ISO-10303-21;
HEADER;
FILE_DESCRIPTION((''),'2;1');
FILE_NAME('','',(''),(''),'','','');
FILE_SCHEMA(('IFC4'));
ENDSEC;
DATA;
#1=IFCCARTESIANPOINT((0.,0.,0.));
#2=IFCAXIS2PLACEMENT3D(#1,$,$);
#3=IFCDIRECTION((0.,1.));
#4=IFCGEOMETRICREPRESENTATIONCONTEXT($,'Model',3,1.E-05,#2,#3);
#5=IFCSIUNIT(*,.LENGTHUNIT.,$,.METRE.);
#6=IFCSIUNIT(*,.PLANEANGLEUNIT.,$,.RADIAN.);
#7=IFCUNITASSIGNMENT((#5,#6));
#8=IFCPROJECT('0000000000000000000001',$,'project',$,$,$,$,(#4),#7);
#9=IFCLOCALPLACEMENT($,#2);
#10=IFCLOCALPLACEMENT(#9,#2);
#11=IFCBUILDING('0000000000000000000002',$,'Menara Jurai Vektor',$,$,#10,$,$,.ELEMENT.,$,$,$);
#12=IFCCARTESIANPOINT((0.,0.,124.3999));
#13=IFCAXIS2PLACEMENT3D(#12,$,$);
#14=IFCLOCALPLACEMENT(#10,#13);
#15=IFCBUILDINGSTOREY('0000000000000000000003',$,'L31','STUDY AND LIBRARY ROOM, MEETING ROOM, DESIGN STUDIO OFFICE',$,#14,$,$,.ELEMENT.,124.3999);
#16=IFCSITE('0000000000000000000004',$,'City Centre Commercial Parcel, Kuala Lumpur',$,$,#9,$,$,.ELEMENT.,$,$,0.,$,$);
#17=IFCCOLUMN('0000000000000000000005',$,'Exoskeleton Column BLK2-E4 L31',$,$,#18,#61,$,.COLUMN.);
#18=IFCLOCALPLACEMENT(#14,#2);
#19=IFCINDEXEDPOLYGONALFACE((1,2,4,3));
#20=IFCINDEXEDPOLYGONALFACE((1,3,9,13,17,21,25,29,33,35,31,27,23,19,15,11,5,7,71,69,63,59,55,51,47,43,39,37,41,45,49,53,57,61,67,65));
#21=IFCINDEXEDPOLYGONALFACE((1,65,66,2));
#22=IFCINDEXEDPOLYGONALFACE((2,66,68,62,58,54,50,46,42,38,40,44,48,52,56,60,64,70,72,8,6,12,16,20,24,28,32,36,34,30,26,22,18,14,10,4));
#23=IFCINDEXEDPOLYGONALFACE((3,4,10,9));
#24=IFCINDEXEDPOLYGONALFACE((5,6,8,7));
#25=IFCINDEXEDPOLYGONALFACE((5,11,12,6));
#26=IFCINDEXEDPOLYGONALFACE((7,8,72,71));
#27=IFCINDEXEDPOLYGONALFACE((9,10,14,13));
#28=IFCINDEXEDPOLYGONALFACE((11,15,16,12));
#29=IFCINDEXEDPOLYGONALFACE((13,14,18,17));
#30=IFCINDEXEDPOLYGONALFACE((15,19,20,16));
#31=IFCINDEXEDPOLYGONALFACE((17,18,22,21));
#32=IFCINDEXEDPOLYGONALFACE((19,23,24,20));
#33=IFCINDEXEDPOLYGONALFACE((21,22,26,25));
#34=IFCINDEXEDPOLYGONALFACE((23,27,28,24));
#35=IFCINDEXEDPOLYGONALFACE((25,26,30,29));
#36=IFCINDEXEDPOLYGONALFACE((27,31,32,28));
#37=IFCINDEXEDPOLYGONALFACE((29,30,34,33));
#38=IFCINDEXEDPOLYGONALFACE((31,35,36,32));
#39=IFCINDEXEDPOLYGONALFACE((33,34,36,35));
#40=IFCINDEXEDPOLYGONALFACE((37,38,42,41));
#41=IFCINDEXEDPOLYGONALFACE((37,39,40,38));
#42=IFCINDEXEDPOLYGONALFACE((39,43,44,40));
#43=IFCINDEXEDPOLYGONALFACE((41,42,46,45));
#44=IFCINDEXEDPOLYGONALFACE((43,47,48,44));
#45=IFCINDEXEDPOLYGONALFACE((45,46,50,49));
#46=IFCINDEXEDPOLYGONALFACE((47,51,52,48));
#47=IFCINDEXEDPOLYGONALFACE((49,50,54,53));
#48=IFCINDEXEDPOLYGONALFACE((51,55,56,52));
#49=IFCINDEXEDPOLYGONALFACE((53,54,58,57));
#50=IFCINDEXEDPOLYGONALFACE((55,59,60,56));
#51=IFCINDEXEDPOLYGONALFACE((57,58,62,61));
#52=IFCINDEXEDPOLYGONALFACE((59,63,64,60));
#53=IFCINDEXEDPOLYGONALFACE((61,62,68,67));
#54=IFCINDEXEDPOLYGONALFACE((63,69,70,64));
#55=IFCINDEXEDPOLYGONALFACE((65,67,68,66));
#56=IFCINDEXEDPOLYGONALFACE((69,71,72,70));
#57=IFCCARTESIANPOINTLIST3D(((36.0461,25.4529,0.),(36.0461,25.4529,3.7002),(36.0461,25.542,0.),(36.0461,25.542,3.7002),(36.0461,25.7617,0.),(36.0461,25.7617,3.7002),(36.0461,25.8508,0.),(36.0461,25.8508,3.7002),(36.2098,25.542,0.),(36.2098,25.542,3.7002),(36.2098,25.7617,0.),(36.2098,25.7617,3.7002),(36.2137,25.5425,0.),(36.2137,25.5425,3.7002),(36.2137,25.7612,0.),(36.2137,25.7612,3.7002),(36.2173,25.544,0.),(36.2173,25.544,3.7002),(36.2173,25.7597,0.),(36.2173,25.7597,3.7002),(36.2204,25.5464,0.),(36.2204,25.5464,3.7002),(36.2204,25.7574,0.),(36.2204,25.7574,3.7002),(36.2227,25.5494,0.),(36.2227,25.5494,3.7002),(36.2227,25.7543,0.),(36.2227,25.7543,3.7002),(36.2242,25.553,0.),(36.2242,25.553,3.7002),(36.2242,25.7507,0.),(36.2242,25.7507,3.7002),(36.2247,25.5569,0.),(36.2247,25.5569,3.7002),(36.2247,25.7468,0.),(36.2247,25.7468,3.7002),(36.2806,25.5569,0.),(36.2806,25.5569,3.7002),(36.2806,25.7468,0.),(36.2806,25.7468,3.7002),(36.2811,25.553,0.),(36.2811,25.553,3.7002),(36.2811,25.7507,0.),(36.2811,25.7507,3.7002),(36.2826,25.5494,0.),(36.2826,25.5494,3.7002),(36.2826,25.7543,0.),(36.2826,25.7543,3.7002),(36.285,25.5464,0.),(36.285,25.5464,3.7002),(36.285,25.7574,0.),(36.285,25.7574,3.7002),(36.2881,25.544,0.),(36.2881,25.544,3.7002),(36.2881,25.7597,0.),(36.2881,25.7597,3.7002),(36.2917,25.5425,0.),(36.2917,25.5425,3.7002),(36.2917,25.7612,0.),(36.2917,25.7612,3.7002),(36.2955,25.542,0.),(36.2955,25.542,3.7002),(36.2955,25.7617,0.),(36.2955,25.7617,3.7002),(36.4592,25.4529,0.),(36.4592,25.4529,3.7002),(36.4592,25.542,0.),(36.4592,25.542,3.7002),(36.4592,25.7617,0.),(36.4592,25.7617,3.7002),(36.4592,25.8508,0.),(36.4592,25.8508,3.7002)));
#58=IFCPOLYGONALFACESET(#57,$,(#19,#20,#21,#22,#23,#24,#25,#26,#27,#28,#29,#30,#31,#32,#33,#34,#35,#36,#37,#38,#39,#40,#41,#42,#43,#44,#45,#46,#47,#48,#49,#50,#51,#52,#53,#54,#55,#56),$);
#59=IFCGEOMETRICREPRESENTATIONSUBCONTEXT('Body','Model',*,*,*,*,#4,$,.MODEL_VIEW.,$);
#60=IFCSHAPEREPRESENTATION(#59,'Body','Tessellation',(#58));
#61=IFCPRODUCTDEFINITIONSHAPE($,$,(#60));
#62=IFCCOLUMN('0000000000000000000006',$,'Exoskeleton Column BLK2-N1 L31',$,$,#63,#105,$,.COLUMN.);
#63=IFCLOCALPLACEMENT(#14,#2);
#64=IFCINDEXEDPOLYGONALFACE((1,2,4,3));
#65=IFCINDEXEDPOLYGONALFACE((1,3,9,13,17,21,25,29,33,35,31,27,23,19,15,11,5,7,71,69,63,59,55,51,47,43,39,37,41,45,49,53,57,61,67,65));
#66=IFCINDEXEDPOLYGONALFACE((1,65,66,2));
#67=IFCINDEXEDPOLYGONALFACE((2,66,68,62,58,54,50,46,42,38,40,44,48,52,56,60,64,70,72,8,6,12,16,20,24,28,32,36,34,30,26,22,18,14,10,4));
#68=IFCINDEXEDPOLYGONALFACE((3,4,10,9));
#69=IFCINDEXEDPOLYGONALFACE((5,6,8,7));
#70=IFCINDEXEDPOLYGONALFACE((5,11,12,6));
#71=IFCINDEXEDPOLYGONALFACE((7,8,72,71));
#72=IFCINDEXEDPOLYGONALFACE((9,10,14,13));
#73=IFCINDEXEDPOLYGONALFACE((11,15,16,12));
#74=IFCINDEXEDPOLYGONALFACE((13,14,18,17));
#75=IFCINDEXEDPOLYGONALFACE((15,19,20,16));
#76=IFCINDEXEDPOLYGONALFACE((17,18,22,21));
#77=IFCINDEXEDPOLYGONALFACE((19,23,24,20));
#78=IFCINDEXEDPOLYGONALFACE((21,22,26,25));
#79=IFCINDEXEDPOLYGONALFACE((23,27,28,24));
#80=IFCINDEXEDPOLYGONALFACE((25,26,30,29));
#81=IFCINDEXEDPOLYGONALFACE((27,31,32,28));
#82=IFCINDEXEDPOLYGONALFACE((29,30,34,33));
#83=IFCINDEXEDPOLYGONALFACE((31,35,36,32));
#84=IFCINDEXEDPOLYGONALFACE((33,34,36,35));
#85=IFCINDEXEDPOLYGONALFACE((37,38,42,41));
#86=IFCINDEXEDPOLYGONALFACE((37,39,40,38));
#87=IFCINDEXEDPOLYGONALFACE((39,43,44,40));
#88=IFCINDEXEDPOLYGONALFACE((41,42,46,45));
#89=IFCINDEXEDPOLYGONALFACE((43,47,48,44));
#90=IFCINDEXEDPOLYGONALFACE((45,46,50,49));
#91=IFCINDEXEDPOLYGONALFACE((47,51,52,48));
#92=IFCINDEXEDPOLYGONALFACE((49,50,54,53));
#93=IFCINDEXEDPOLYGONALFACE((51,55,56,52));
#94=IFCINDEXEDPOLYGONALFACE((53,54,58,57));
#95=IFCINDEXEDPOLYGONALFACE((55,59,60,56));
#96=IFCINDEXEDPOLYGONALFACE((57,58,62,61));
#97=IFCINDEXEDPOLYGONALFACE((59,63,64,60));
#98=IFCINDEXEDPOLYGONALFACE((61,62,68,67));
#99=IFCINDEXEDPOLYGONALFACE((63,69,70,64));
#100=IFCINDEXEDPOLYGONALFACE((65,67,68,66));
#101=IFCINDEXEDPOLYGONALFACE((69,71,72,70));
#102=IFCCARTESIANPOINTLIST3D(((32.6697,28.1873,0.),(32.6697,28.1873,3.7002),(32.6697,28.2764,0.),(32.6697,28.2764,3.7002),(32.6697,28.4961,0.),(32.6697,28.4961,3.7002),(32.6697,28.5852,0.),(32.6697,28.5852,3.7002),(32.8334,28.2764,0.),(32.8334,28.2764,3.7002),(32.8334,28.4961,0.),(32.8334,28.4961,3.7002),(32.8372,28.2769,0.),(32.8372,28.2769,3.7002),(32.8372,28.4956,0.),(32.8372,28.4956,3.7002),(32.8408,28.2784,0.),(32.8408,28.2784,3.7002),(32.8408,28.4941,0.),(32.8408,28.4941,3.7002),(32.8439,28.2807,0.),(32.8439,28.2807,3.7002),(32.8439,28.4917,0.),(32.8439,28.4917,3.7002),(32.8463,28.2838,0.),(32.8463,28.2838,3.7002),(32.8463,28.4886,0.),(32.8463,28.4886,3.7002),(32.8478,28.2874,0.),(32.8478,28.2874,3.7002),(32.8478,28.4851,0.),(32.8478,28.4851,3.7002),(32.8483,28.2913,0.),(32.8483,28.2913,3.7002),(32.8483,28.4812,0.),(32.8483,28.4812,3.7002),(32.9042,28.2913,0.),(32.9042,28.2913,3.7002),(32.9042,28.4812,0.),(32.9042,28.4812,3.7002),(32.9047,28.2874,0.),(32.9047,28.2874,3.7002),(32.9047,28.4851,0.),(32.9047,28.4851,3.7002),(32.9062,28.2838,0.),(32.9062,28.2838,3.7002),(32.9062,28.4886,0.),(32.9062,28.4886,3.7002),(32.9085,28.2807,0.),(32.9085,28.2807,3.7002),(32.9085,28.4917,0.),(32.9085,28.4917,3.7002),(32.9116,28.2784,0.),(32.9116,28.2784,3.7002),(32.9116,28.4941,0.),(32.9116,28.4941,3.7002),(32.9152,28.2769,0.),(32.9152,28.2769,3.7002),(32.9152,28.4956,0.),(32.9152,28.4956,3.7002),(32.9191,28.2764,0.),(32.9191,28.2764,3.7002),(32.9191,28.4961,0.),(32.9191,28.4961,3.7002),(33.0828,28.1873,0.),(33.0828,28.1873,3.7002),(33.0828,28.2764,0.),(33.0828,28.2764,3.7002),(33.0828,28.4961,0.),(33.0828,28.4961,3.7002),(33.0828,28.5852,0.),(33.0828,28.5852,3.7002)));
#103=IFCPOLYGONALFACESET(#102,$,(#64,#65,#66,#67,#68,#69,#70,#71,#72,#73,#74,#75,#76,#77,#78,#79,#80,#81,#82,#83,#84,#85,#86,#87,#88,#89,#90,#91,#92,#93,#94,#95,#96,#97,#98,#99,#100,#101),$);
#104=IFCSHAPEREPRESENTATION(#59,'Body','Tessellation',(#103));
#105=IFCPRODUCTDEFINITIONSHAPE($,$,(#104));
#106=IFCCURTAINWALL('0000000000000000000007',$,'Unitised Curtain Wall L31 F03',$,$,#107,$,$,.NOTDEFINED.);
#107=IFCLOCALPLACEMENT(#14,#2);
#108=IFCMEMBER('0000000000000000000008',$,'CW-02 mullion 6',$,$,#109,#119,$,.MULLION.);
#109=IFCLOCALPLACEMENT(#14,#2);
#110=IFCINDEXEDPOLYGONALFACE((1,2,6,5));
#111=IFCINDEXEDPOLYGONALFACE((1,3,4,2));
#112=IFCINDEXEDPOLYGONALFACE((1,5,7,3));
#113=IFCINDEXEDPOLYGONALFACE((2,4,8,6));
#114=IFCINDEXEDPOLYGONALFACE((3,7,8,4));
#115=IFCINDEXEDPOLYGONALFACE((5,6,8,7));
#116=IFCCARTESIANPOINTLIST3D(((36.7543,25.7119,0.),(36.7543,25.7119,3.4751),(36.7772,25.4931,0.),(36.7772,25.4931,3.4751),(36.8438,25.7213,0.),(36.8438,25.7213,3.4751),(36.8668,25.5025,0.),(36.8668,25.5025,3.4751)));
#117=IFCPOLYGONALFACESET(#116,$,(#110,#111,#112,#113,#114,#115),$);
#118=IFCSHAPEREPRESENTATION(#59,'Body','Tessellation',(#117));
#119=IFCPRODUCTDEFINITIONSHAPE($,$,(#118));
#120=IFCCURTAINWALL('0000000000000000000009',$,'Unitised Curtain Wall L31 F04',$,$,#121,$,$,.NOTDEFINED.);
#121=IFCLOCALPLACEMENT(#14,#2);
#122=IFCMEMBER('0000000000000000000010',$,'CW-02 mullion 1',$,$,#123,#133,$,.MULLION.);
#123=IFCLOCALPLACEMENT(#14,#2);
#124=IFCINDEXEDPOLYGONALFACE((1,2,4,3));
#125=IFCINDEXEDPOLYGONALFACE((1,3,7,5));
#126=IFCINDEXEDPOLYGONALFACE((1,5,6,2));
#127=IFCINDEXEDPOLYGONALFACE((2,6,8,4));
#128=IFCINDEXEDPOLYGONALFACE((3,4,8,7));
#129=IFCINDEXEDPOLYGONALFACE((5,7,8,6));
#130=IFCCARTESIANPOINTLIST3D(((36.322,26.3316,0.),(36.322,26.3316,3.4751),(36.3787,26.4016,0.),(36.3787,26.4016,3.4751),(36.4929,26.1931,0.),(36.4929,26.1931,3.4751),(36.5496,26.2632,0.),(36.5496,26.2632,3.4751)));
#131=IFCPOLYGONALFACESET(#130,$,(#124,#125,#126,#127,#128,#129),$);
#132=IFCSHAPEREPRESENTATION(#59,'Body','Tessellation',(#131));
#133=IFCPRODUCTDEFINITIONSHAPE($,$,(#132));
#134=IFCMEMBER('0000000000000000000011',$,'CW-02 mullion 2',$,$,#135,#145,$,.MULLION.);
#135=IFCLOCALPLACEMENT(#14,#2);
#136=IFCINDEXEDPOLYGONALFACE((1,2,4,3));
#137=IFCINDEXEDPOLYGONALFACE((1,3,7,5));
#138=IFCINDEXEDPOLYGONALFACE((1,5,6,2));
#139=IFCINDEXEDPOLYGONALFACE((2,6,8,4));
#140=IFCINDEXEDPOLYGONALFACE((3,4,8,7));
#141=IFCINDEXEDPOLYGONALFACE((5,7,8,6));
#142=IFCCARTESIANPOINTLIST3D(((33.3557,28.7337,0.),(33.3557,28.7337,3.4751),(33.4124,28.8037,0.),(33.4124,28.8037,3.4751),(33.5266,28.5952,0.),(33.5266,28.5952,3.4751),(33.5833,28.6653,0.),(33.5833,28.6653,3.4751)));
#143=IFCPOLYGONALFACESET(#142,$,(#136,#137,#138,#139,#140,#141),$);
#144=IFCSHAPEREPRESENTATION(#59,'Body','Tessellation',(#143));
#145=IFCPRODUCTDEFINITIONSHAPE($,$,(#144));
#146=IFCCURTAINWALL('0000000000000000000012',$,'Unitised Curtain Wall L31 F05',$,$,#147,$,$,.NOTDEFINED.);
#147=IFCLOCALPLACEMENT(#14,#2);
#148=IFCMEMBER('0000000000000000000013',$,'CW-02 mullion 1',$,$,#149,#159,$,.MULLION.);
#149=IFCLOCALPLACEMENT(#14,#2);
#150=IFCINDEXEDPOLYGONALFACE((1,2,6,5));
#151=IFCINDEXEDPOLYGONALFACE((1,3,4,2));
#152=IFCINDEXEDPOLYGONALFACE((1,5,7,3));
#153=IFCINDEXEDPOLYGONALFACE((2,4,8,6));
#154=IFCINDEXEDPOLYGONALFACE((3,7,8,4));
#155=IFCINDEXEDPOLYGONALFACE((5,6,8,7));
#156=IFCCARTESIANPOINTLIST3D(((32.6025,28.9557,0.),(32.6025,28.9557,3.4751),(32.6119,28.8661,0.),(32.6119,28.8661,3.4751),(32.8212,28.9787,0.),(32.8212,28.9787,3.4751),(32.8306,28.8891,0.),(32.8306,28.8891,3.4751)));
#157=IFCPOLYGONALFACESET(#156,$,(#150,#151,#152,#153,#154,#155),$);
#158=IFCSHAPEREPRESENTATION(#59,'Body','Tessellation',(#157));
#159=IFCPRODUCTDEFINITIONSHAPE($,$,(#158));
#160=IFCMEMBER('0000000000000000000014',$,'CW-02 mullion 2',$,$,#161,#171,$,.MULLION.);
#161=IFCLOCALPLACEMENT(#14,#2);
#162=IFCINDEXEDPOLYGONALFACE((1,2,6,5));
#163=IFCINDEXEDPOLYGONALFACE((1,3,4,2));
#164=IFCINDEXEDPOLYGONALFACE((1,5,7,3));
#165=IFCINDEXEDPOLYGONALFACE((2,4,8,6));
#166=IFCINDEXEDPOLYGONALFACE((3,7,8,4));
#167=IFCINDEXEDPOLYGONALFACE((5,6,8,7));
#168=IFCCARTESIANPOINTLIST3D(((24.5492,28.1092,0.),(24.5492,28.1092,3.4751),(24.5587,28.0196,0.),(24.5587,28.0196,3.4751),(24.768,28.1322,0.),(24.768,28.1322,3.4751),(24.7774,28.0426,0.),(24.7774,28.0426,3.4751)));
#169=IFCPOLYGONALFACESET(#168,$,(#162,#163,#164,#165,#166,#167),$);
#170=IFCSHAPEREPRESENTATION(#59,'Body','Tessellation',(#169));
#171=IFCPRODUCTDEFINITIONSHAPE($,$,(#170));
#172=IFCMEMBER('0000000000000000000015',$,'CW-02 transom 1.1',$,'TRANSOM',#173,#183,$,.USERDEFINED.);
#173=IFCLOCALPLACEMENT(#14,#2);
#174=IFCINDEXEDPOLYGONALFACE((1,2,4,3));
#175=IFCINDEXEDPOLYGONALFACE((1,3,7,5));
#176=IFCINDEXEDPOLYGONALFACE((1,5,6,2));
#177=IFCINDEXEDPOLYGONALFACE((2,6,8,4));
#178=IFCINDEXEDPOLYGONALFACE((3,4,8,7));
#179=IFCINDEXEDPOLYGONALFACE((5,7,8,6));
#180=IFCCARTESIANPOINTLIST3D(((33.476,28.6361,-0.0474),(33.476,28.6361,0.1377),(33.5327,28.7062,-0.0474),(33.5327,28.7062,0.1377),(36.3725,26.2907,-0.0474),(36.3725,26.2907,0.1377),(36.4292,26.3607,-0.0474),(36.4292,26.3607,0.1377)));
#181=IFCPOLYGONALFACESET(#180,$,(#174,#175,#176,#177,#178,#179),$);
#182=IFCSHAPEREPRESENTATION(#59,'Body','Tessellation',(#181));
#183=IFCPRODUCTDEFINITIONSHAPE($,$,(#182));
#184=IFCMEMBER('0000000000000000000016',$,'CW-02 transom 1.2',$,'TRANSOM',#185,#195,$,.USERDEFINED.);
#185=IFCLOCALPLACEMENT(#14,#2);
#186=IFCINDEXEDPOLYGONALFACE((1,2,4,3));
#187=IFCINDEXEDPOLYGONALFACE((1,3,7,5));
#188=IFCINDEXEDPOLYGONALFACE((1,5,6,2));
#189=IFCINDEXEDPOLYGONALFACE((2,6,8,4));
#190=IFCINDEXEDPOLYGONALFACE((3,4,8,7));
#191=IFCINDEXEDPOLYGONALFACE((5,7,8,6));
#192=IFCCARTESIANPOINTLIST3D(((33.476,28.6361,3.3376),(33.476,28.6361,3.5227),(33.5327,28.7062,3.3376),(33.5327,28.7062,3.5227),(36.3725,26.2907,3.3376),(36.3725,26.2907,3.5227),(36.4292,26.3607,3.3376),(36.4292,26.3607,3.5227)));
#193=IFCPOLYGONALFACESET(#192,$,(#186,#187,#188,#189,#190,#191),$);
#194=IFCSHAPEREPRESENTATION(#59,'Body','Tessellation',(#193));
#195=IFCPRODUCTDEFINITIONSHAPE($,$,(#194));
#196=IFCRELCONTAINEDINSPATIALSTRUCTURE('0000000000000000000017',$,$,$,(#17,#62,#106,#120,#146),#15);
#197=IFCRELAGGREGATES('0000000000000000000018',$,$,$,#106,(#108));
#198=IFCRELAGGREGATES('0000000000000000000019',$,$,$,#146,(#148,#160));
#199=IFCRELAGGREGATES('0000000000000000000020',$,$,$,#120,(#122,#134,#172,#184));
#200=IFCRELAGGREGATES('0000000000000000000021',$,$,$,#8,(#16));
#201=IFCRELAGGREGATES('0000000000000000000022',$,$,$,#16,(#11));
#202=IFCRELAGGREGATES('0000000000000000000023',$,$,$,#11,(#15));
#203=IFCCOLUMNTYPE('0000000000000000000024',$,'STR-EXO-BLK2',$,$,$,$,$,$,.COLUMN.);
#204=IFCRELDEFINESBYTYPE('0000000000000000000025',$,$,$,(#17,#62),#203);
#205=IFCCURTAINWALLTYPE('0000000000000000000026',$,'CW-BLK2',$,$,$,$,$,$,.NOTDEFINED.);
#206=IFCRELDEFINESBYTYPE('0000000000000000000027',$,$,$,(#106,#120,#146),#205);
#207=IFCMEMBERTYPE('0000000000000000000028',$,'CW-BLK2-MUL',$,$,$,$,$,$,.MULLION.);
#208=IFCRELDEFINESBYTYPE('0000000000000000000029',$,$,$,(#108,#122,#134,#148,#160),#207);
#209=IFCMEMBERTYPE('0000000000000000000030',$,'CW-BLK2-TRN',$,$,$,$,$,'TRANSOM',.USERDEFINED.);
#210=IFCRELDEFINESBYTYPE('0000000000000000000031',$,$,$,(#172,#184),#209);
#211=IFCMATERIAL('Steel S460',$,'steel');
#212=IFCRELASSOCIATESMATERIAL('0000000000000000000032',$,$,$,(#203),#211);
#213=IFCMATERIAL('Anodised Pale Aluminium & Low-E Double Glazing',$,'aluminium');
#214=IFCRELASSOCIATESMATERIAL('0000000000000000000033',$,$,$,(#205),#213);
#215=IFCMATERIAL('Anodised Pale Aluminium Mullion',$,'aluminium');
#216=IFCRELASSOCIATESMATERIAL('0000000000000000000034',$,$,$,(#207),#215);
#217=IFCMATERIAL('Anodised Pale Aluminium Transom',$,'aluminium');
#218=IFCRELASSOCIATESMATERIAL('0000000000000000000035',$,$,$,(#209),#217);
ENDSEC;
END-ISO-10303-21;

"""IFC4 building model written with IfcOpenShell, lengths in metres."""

from ifc_helpers import new_model, si_unit, direction, frame, origin, origin_2d, place, context, subcontext, project, spatial, rectangle, i_section, extrude, material, material_profile, profile_set, type_object, element, aggregate, save


model = new_model("IFC4")

# Units and contexts
model_context = context("Model", 3, precision=1e-05, world=origin(), true_north=direction((0.0, 1.0)))
body_context = subcontext(model_context, "Body", "Model", "MODEL_VIEW")
ifc_project = project(units=[si_unit("LENGTHUNIT", "METRE"), si_unit("PLANEANGLEUNIT", "RADIAN")], contexts=[model_context])

# Site, building, storey
site_placement = place(None, origin())
site = spatial("IfcSite", under=ifc_project, at=site_placement, Name="City Centre Commercial Parcel, Kuala Lumpur", CompositionType="ELEMENT", RefElevation=0.0)
building_placement = place(site_placement, origin())
building = spatial("IfcBuilding", under=site, at=building_placement, Name="Menara Jurai Vektor", CompositionType="ELEMENT")
storey_placement = place(building_placement, frame((0.0, 0.0, 124.3999)))
storey = spatial("IfcBuildingStorey", under=building, at=storey_placement, Name="L31", Description="STUDY AND LIBRARY ROOM, MEETING ROOM, DESIGN STUDIO OFFICE", CompositionType="ELEMENT", Elevation=124.3999)

# Columns
ifc_material_1 = material(Name="Steel S460", Category="steel")
ifc_material_profile_1 = material_profile(ifc_material_1, i_section(OverallWidth=0.4131, OverallDepth=0.3979, WebThickness=0.0559, FlangeThickness=0.0891, FilletRadius=0.0149, at=origin_2d()), Name="HD 400x744")
ifc_profile_set_1 = profile_set([ifc_material_profile_1], Name="Steel S460")
column_type = type_object("IfcColumnType", Name="STR-EXO-BLK2", PredefinedType="COLUMN", material=ifc_profile_set_1)
for number, where, z_axis, x_axis, name in (
    (1, (36.2527, 25.6519, 0.0), (0.0, 0.0, 1.0), (1.0, 0.0, 0.0), "Exoskeleton Column BLK2-E4 L31"),
    (2, (32.8762, 28.3862, 0.0), (0.0, 0.0, 1.0), (1.0, 0.0, 0.0), "Exoskeleton Column BLK2-N1 L31"),
):
    element("IfcColumn", number, at=place(storey_placement, frame(where, z_axis=z_axis, x_axis=x_axis)), inside=storey, type_object=column_type, Name=name, PredefinedType="COLUMN", context=body_context, shape_type="SweptSolid", body=[
        extrude(i_section(OverallWidth=0.4131, OverallDepth=0.3979, WebThickness=0.0559, FlangeThickness=0.0891, FilletRadius=0.0149, at=origin_2d()), origin(), (0.0, 0.0, 1.0), 3.7002),
    ])

# Curtain wall, member
ifc_material_2 = material(Name="Anodised Pale Aluminium & Low-E Double Glazing", Category="aluminium")
curtain_wall_type = type_object("IfcCurtainWallType", Name="CW-BLK2", PredefinedType="NOTDEFINED", material=ifc_material_2)
curtain_wall_1_placement = place(storey_placement, origin())
curtain_wall_1 = element("IfcCurtainWall", 3, at=curtain_wall_1_placement, inside=storey, type_object=curtain_wall_type, Name="Unitised Curtain Wall L31 F03", PredefinedType="NOTDEFINED")
ifc_material_3 = material(Name="Anodised Pale Aluminium Mullion", Category="aluminium")
ifc_material_profile_2 = material_profile(ifc_material_3, rectangle(XDim=0.0901, YDim=0.22, at=origin_2d()), Name="ALU MUL 90x220")
ifc_profile_set_2 = profile_set([ifc_material_profile_2], Name="Anodised Pale Aluminium Mullion")
member_type_1 = type_object("IfcMemberType", Name="CW-BLK2-MUL", PredefinedType="MULLION", material=ifc_profile_set_2)
member_1_placement = place(storey_placement, frame((36.8105, 25.6072, 0.0), z_axis=(0.0, 0.0, 1.0), x_axis=(-0.994522, -0.10453, 0.0)))
member_1 = element("IfcMember", 4, at=member_1_placement, type_object=member_type_1, Name="CW-02 mullion 6", PredefinedType="MULLION", context=body_context, shape_type="SweptSolid", body=[
    extrude(rectangle(XDim=0.0901, YDim=0.22, at=origin_2d()), origin(), (0.0, 0.0, 1.0), 3.4751),
])
aggregate(curtain_wall_1, [member_1])

# Curtain walls, members
curtain_wall_2_placement = place(storey_placement, origin())
curtain_wall_2 = element("IfcCurtainWall", 5, at=curtain_wall_2_placement, inside=storey, type_object=curtain_wall_type, Name="Unitised Curtain Wall L31 F04", PredefinedType="NOTDEFINED")
member_2_placement = place(storey_placement, frame((36.4358, 26.2974, 0.0), z_axis=(0.0, 0.0, 1.0), x_axis=(-0.629313, -0.777152, 0.0)))
member_2 = element("IfcMember", 6, at=member_2_placement, type_object=member_type_1, Name="CW-02 mullion 1", PredefinedType="MULLION", context=body_context, shape_type="SweptSolid", body=[
    extrude(rectangle(XDim=0.0901, YDim=0.22, at=origin_2d()), origin(), (0.0, 0.0, 1.0), 3.4751),
])
member_3_placement = place(storey_placement, frame((33.4695, 28.6995, 0.0), z_axis=(0.0, 0.0, 1.0), x_axis=(-0.629313, -0.777152, 0.0)))
member_3 = element("IfcMember", 7, at=member_3_placement, type_object=member_type_1, Name="CW-02 mullion 2", PredefinedType="MULLION", context=body_context, shape_type="SweptSolid", body=[
    extrude(rectangle(XDim=0.0901, YDim=0.22, at=origin_2d()), origin(), (0.0, 0.0, 1.0), 3.4751),
])
curtain_wall_3_placement = place(storey_placement, origin())
curtain_wall_3 = element("IfcCurtainWall", 8, at=curtain_wall_3_placement, inside=storey, type_object=curtain_wall_type, Name="Unitised Curtain Wall L31 F05", PredefinedType="NOTDEFINED")
member_4_placement = place(storey_placement, frame((32.7166, 28.9224, 0.0), z_axis=(0.0, 0.0, 1.0), x_axis=(0.104529, -0.994522, 0.0)))
member_4 = element("IfcMember", 9, at=member_4_placement, type_object=member_type_1, Name="CW-02 mullion 1", PredefinedType="MULLION", context=body_context, shape_type="SweptSolid", body=[
    extrude(rectangle(XDim=0.0901, YDim=0.22, at=origin_2d()), origin(), (0.0, 0.0, 1.0), 3.4751),
])
member_5_placement = place(storey_placement, frame((24.6633, 28.0759, 0.0), z_axis=(0.0, 0.0, 1.0), x_axis=(0.104529, -0.994522, 0.0)))
member_5 = element("IfcMember", 10, at=member_5_placement, type_object=member_type_1, Name="CW-02 mullion 2", PredefinedType="MULLION", context=body_context, shape_type="SweptSolid", body=[
    extrude(rectangle(XDim=0.0901, YDim=0.22, at=origin_2d()), origin(), (0.0, 0.0, 1.0), 3.4751),
])

# Members
ifc_material_4 = material(Name="Anodised Pale Aluminium Transom", Category="aluminium")
ifc_material_profile_3 = material_profile(ifc_material_4, rectangle(XDim=0.0901, YDim=0.1851, at=origin_2d()), Name="ALU TRN 90x185")
ifc_profile_set_3 = profile_set([ifc_material_profile_3], Name="Anodised Pale Aluminium Transom")
member_type_2 = type_object("IfcMemberType", Name="CW-BLK2-TRN", ElementType="TRANSOM", PredefinedType="USERDEFINED", material=ifc_profile_set_3)
member_6_placement = place(storey_placement, frame((36.4009, 26.3257, 0.0452), z_axis=(-0.777155, 0.629309, 0.0), x_axis=(-0.629309, -0.777155, 0.0)))
member_6 = element("IfcMember", 11, at=member_6_placement, type_object=member_type_2, Name="CW-02 transom 1.1", ObjectType="TRANSOM", PredefinedType="USERDEFINED", context=body_context, shape_type="SweptSolid", body=[
    extrude(rectangle(XDim=0.0901, YDim=0.1851, at=origin_2d()), origin(), (0.0, 0.0, 1.0), 3.7271),
])
member_7_placement = place(storey_placement, frame((36.4009, 26.3257, 3.4302), z_axis=(-0.777155, 0.629309, 0.0), x_axis=(-0.629309, -0.777155, 0.0)))
member_7 = element("IfcMember", 12, at=member_7_placement, type_object=member_type_2, Name="CW-02 transom 1.2", ObjectType="TRANSOM", PredefinedType="USERDEFINED", context=body_context, shape_type="SweptSolid", body=[
    extrude(rectangle(XDim=0.0901, YDim=0.1851, at=origin_2d()), origin(), (0.0, 0.0, 1.0), 3.7271),
])

aggregate(curtain_wall_3, [member_4, member_5])
aggregate(curtain_wall_2, [member_2, member_3, member_6, member_7])

save(model, "model.ifc")
